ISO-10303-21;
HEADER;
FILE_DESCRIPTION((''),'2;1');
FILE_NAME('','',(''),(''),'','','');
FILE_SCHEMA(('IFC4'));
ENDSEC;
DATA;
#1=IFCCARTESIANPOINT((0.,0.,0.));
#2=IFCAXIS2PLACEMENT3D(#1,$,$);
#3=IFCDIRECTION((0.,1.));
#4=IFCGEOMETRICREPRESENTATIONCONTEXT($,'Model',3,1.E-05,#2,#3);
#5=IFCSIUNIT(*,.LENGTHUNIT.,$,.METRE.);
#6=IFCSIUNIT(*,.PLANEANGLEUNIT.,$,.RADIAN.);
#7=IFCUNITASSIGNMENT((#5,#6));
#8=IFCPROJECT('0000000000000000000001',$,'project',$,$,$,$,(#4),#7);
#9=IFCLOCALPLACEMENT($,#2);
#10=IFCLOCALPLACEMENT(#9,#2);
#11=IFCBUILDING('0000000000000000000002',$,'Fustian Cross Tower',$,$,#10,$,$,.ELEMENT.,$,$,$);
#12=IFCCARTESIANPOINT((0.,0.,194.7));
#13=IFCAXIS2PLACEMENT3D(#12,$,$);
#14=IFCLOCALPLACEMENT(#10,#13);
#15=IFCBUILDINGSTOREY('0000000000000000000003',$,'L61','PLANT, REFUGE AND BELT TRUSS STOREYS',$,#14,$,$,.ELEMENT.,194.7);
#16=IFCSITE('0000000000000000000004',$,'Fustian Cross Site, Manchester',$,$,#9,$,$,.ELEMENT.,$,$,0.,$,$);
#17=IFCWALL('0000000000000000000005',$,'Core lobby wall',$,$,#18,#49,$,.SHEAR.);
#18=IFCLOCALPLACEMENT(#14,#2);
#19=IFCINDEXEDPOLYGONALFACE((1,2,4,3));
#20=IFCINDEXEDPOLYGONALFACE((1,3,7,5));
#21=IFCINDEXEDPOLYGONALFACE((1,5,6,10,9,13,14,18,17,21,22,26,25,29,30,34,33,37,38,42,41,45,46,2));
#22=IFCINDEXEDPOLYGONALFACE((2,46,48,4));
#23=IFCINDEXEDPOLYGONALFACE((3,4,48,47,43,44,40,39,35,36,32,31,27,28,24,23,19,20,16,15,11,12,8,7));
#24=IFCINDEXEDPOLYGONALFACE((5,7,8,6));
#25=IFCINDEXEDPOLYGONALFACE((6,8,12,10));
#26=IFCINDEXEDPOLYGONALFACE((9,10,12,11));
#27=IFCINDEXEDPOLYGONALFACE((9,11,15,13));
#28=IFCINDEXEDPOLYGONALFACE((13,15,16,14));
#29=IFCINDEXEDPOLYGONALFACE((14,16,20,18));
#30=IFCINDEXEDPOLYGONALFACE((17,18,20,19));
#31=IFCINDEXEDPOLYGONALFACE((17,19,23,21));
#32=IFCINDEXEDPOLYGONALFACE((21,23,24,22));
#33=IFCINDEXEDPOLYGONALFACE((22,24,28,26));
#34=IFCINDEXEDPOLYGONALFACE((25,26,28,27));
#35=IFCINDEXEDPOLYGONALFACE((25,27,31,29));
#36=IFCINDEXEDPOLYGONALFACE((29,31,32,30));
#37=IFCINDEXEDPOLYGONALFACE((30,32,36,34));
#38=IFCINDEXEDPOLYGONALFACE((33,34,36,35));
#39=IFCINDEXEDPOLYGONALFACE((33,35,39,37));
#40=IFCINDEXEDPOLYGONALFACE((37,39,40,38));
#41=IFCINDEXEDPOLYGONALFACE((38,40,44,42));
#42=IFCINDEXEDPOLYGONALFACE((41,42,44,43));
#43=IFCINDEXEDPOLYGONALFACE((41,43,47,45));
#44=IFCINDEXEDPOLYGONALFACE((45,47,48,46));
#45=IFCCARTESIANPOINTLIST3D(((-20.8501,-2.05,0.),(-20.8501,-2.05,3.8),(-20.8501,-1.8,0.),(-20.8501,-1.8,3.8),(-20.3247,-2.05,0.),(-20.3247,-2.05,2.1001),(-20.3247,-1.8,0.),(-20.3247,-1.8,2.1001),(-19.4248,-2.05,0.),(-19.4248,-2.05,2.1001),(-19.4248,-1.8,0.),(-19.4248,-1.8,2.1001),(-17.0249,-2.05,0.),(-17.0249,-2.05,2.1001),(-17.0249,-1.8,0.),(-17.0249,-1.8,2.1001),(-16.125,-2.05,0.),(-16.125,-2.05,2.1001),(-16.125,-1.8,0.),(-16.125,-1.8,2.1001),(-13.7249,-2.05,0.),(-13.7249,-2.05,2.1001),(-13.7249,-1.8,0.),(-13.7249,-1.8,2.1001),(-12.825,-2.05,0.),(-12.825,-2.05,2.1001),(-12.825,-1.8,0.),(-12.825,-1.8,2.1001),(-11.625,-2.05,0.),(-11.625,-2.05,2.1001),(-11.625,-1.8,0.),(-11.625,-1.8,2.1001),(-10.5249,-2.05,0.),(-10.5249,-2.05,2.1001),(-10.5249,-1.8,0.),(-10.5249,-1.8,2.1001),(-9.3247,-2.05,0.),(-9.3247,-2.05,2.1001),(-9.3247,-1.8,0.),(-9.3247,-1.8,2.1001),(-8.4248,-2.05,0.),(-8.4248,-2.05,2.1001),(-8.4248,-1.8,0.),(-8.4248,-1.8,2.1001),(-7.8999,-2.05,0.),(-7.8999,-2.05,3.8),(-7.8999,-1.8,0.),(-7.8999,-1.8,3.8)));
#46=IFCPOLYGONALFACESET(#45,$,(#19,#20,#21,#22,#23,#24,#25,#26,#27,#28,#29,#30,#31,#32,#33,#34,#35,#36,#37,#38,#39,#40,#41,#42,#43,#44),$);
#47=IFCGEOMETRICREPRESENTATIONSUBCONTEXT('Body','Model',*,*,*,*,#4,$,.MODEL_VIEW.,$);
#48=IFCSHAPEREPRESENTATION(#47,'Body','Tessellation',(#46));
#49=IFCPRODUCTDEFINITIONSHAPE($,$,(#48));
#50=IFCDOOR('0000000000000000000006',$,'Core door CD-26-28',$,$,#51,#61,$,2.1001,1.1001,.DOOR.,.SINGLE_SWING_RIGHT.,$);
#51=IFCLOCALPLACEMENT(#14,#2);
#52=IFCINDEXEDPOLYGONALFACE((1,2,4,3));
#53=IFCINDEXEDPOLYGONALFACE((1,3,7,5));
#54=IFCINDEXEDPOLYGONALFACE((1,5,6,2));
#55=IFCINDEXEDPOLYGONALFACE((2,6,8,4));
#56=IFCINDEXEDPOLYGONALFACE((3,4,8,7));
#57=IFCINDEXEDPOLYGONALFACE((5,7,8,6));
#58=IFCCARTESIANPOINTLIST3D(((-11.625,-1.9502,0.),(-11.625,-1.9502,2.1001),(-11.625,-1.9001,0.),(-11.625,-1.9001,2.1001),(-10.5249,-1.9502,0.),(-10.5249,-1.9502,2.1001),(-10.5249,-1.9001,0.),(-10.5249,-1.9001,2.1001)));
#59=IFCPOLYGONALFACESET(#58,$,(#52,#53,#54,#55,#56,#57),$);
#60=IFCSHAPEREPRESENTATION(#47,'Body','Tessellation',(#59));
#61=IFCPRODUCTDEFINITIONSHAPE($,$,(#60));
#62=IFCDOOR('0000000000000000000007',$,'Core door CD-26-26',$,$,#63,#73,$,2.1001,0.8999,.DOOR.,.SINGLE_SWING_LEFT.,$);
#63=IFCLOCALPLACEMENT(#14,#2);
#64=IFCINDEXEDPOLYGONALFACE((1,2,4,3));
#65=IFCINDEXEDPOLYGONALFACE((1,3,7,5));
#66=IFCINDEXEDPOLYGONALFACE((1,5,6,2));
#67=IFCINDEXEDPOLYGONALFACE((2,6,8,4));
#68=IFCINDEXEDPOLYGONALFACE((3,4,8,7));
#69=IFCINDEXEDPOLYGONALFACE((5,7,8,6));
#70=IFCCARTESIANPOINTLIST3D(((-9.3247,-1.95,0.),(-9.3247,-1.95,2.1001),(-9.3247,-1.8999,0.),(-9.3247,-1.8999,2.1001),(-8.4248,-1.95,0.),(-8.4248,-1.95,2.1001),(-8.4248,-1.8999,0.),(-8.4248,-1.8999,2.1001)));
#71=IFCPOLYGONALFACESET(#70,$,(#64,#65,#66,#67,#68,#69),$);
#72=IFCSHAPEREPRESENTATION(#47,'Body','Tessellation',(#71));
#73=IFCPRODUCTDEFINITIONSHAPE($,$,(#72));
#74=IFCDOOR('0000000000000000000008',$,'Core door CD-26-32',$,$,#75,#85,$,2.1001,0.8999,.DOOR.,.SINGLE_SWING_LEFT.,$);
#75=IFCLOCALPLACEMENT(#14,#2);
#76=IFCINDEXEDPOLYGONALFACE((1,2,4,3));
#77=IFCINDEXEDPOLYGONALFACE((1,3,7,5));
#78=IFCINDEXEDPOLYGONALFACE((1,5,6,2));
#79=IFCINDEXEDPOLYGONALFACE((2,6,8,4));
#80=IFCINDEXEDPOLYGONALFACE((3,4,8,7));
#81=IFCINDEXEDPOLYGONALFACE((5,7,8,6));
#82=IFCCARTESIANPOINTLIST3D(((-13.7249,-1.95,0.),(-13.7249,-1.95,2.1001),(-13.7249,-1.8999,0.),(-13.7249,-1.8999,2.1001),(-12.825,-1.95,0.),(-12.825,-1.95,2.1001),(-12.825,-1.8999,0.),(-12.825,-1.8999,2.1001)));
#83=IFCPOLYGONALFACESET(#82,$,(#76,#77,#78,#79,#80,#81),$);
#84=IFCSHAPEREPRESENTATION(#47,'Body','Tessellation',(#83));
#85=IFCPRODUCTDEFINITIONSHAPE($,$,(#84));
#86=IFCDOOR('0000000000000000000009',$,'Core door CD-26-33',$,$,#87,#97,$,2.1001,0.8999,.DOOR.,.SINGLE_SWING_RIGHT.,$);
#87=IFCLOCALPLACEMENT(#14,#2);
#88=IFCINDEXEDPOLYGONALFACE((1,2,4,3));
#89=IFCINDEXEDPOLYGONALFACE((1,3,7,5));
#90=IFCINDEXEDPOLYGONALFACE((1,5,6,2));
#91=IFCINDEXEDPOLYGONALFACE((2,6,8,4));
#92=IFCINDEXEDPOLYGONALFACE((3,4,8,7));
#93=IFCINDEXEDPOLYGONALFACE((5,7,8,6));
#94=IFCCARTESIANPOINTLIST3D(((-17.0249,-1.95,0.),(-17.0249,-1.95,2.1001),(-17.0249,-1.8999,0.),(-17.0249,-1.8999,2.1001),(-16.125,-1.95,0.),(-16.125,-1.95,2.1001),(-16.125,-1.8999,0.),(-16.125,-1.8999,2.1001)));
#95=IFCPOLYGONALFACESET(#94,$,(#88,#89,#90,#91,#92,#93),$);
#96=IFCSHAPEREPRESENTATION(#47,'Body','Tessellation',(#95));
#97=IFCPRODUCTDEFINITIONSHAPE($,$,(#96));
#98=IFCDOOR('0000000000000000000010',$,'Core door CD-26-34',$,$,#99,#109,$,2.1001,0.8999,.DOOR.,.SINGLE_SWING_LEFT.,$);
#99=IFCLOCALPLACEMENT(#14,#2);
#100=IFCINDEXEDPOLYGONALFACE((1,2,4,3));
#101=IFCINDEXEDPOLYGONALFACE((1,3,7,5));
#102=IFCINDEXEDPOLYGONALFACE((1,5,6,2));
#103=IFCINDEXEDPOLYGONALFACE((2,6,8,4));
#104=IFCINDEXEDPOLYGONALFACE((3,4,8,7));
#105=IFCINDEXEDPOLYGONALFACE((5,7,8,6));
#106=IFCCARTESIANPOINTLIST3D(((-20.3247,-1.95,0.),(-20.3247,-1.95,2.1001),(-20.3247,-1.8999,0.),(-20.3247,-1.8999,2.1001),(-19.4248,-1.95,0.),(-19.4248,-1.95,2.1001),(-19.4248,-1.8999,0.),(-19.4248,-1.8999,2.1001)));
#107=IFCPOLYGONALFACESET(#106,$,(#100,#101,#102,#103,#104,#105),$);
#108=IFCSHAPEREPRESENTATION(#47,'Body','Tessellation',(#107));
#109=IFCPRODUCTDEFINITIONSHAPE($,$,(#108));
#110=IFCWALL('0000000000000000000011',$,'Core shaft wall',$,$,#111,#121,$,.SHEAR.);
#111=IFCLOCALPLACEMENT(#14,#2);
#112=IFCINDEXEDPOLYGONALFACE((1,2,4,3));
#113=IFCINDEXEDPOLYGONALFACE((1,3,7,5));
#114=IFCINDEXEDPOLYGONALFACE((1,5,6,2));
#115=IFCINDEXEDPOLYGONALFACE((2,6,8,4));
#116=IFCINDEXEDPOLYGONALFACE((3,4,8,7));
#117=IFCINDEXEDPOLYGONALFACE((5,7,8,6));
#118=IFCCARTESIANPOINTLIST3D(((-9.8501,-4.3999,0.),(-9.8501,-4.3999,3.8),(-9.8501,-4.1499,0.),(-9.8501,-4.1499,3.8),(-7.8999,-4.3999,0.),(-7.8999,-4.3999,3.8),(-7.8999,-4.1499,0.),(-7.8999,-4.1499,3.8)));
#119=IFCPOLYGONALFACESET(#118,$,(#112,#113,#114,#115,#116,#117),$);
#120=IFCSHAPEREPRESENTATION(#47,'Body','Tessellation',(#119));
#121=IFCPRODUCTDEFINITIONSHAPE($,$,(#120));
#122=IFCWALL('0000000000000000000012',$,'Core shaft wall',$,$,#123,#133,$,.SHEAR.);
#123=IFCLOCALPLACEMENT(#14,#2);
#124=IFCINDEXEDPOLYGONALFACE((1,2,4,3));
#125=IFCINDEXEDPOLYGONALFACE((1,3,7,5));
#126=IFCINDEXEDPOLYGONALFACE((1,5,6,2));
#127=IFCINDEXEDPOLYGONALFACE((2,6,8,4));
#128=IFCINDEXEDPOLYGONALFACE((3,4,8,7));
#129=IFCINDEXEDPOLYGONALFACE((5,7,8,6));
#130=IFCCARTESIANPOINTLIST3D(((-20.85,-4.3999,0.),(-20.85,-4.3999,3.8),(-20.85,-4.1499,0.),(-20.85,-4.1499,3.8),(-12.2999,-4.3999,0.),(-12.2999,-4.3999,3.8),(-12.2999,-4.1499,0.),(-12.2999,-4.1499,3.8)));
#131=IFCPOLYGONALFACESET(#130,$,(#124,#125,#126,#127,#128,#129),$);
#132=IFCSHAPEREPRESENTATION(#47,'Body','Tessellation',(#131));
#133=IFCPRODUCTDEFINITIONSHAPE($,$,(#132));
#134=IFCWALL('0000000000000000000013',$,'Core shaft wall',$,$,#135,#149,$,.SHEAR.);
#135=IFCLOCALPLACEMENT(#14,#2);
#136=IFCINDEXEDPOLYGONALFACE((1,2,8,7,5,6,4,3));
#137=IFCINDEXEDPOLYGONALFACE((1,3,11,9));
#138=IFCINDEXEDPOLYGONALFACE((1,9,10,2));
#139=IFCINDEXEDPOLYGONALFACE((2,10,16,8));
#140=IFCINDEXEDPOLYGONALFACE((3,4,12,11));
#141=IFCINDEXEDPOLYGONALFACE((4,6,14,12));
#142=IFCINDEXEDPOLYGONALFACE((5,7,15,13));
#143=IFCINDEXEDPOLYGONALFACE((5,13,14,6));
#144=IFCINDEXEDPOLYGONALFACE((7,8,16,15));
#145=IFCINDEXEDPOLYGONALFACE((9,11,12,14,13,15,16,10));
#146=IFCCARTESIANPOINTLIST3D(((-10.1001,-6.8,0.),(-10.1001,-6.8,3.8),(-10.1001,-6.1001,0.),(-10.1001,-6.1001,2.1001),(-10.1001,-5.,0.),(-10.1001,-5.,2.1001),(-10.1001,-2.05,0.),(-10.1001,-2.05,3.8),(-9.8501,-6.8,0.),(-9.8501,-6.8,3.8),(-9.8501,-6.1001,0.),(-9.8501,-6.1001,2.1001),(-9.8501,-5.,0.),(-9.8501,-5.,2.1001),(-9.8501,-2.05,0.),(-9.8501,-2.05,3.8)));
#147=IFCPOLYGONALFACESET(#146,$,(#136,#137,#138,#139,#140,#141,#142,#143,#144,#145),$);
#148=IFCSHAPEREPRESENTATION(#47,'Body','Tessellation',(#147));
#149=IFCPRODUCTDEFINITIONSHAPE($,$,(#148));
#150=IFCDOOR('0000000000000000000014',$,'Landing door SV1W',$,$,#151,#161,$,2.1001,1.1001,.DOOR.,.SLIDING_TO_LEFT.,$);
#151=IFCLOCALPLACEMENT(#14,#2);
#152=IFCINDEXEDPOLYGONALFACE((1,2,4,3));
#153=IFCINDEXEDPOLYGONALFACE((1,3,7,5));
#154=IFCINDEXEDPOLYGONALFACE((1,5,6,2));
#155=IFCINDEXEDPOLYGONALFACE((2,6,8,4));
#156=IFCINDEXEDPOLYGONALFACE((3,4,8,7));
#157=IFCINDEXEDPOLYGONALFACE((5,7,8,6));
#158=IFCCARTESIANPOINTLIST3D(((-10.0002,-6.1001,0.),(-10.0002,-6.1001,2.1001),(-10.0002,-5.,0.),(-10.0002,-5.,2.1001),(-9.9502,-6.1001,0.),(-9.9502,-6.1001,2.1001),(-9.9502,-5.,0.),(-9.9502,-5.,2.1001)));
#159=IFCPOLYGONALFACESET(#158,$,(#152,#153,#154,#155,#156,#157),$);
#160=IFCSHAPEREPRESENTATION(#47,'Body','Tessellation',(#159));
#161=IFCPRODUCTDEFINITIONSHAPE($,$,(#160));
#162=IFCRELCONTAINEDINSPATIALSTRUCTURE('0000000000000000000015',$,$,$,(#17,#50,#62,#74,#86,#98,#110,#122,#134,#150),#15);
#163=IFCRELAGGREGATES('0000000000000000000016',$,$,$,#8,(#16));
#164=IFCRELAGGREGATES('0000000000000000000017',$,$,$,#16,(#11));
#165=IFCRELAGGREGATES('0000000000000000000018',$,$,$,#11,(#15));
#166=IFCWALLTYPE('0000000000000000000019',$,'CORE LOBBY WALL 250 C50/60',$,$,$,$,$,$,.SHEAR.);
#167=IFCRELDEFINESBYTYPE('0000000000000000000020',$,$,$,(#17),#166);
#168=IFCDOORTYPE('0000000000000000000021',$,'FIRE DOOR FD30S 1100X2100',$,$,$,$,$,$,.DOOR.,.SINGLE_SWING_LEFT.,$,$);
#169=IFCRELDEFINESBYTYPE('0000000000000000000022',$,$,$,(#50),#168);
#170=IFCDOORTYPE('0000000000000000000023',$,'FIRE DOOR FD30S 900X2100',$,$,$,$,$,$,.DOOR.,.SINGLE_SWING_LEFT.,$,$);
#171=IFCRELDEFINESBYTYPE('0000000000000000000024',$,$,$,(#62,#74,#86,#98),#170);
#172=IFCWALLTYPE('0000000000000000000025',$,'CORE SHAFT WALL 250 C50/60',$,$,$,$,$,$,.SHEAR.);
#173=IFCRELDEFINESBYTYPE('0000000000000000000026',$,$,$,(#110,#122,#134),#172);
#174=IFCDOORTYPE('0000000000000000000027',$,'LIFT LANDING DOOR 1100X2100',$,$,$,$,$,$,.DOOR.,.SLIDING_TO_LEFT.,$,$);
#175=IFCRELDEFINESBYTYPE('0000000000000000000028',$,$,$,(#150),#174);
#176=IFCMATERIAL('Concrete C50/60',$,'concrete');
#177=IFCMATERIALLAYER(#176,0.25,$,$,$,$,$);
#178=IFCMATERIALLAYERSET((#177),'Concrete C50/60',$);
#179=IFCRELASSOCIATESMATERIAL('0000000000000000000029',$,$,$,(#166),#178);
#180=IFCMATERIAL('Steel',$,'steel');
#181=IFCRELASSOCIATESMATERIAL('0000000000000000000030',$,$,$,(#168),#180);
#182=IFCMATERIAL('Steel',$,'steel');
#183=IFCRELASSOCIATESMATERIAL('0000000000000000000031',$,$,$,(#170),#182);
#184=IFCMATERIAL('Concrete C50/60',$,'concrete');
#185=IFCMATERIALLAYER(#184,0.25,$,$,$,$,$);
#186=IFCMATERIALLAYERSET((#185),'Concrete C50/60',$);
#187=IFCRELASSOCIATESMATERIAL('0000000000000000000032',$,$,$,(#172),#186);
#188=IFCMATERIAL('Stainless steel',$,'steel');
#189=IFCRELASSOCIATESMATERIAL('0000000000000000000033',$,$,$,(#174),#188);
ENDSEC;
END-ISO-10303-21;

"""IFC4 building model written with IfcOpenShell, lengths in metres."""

from ifc_helpers import new_model, si_unit, direction, frame, frame_2d, origin, place, context, subcontext, project, spatial, rectangle, extrude, material, layer, layer_set, type_object, element, fill, save


model = new_model("IFC4")

# Units and contexts
model_context = context("Model", 3, precision=1e-05, world=origin(), true_north=direction((0.0, 1.0)))
body_context = subcontext(model_context, "Body", "Model", "MODEL_VIEW")
ifc_project = project(units=[si_unit("LENGTHUNIT", "METRE"), si_unit("PLANEANGLEUNIT", "RADIAN")], contexts=[model_context])

# Site, building, storey
site_placement = place(None, origin())
site = spatial("IfcSite", under=ifc_project, at=site_placement, Name="Fustian Cross Site, Manchester", CompositionType="ELEMENT", RefElevation=0.0)
building_placement = place(site_placement, origin())
building = spatial("IfcBuilding", under=site, at=building_placement, Name="Fustian Cross Tower", CompositionType="ELEMENT")
storey_placement = place(building_placement, frame((0.0, 0.0, 194.7)))
storey = spatial("IfcBuildingStorey", under=building, at=storey_placement, Name="L61", Description="PLANT, REFUGE AND BELT TRUSS STOREYS", CompositionType="ELEMENT", Elevation=194.7)

# Wall, openings, doors
ifc_material_1 = material(Name="Concrete C50/60", Category="concrete")
ifc_layer_1 = layer(ifc_material_1, 0.25)
ifc_layer_set_1 = layer_set([ifc_layer_1], Name="Concrete C50/60")
wall_type_1 = type_object("IfcWallType", Name="CORE LOBBY WALL 250 C50/60", PredefinedType="SHEAR", material=ifc_layer_set_1)
wall_1_placement = place(storey_placement, frame((-7.8999, -1.925, 0.0), z_axis=(0.0, 0.0, 1.0), x_axis=(-1.0, 0.0, 0.0)))
wall_1 = element("IfcWall", 1, at=wall_1_placement, inside=storey, type_object=wall_type_1, Name="Core lobby wall", PredefinedType="SHEAR", context=body_context, shape_type="SweptSolid", body=[
    extrude(rectangle(XDim=12.9502, YDim=0.25, at=frame_2d((6.4751, 0.0))), origin(), (0.0, 0.0, 1.0), 3.8),
])
opening_1_placement = place(wall_1_placement, frame((0.5249, 0.0, 0.0)))
opening_1 = element("IfcOpeningElement", 2, at=opening_1_placement, cuts=wall_1, PredefinedType="OPENING", context=body_context, shape_type="SweptSolid", body=[
    extrude(rectangle(XDim=0.8999, YDim=2.1001, at=frame_2d((0.45, 1.05))), frame((0.0, 0.135, 0.0), z_axis=(0.0, -1.0, 0.0), x_axis=(1.0, 0.0, 0.0)), (0.0, 0.0, 1.0), 0.27),
])
opening_2_placement = place(wall_1_placement, frame((2.625, 0.0, 0.0)))
opening_2 = element("IfcOpeningElement", 3, at=opening_2_placement, cuts=wall_1, PredefinedType="OPENING", context=body_context, shape_type="SweptSolid", body=[
    extrude(rectangle(XDim=1.1001, YDim=2.1001, at=frame_2d((0.55, 1.05))), frame((0.0, 0.135, 0.0), z_axis=(0.0, -1.0, 0.0), x_axis=(1.0, 0.0, 0.0)), (0.0, 0.0, 1.0), 0.27),
])
opening_3_placement = place(wall_1_placement, frame((4.925, 0.0, 0.0)))
opening_3 = element("IfcOpeningElement", 4, at=opening_3_placement, cuts=wall_1, PredefinedType="OPENING", context=body_context, shape_type="SweptSolid", body=[
    extrude(rectangle(XDim=0.8999, YDim=2.1001, at=frame_2d((0.45, 1.05))), frame((0.0, 0.135, 0.0), z_axis=(0.0, -1.0, 0.0), x_axis=(1.0, 0.0, 0.0)), (0.0, 0.0, 1.0), 0.27),
])
opening_4_placement = place(wall_1_placement, frame((8.2251, 0.0, 0.0)))
opening_4 = element("IfcOpeningElement", 5, at=opening_4_placement, cuts=wall_1, PredefinedType="OPENING", context=body_context, shape_type="SweptSolid", body=[
    extrude(rectangle(XDim=0.8999, YDim=2.1001, at=frame_2d((0.45, 1.05))), frame((0.0, 0.135, 0.0), z_axis=(0.0, -1.0, 0.0), x_axis=(1.0, 0.0, 0.0)), (0.0, 0.0, 1.0), 0.27),
])
opening_5_placement = place(wall_1_placement, frame((11.5249, 0.0, 0.0)))
opening_5 = element("IfcOpeningElement", 6, at=opening_5_placement, cuts=wall_1, PredefinedType="OPENING", context=body_context, shape_type="SweptSolid", body=[
    extrude(rectangle(XDim=0.8999, YDim=2.1001, at=frame_2d((0.45, 1.05))), frame((0.0, 0.135, 0.0), z_axis=(0.0, -1.0, 0.0), x_axis=(1.0, 0.0, 0.0)), (0.0, 0.0, 1.0), 0.27),
])
ifc_material_2 = material(Name="Steel", Category="steel")
door_type_1 = type_object("IfcDoorType", Name="FIRE DOOR FD30S 1100X2100", OperationType="SINGLE_SWING_LEFT", PredefinedType="DOOR", material=ifc_material_2)
door_1_placement = place(opening_2_placement, frame((1.1001, 0.0, 0.0), z_axis=(0.0, 0.0, 1.0), x_axis=(-1.0, 0.0, 0.0)))
door_1 = element("IfcDoor", 7, at=door_1_placement, inside=storey, type_object=door_type_1, Name="Core door CD-26-28", OperationType="SINGLE_SWING_RIGHT", OverallHeight=2.1001, OverallWidth=1.1001, PredefinedType="DOOR", context=body_context, shape_type="SweptSolid", body=[
    extrude(rectangle(XDim=1.1001, YDim=2.1001, at=frame_2d((0.55, 1.05))), frame((0.0, 0.0249, 0.0), z_axis=(0.0, -1.0, 0.0), x_axis=(1.0, 0.0, 0.0)), (0.0, 0.0, 1.0), 0.05),
])
fill(opening_2, door_1)
ifc_material_3 = material(Name="Steel", Category="steel")
door_type_2 = type_object("IfcDoorType", Name="FIRE DOOR FD30S 900X2100", OperationType="SINGLE_SWING_LEFT", PredefinedType="DOOR", material=ifc_material_3)
door_2_placement = place(opening_1_placement, origin())
door_2 = element("IfcDoor", 8, at=door_2_placement, inside=storey, type_object=door_type_2, Name="Core door CD-26-26", OperationType="SINGLE_SWING_LEFT", OverallHeight=2.1001, OverallWidth=0.8999, PredefinedType="DOOR", context=body_context, shape_type="SweptSolid", body=[
    extrude(rectangle(XDim=0.8999, YDim=2.1001, at=frame_2d((0.45, 1.05))), frame((0.0, 0.0249, 0.0), z_axis=(0.0, -1.0, 0.0), x_axis=(1.0, 0.0, 0.0)), (0.0, 0.0, 1.0), 0.05),
])
fill(opening_1, door_2)
door_3_placement = place(opening_3_placement, origin())
door_3 = element("IfcDoor", 9, at=door_3_placement, inside=storey, type_object=door_type_2, Name="Core door CD-26-32", OperationType="SINGLE_SWING_LEFT", OverallHeight=2.1001, OverallWidth=0.8999, PredefinedType="DOOR", context=body_context, shape_type="SweptSolid", body=[
    extrude(rectangle(XDim=0.8999, YDim=2.1001, at=frame_2d((0.45, 1.05))), frame((0.0, 0.0249, 0.0), z_axis=(0.0, -1.0, 0.0), x_axis=(1.0, 0.0, 0.0)), (0.0, 0.0, 1.0), 0.05),
])
fill(opening_3, door_3)
door_4_placement = place(opening_4_placement, origin())
door_4 = element("IfcDoor", 10, at=door_4_placement, inside=storey, type_object=door_type_2, Name="Core door CD-26-33", OperationType="SINGLE_SWING_RIGHT", OverallHeight=2.1001, OverallWidth=0.8999, PredefinedType="DOOR", context=body_context, shape_type="SweptSolid", body=[
    extrude(rectangle(XDim=0.8999, YDim=2.1001, at=frame_2d((0.45, 1.05))), frame((0.0, 0.0249, 0.0), z_axis=(0.0, -1.0, 0.0), x_axis=(1.0, 0.0, 0.0)), (0.0, 0.0, 1.0), 0.05),
])
fill(opening_4, door_4)
door_5_placement = place(opening_5_placement, origin())
door_5 = element("IfcDoor", 11, at=door_5_placement, inside=storey, type_object=door_type_2, Name="Core door CD-26-34", OperationType="SINGLE_SWING_LEFT", OverallHeight=2.1001, OverallWidth=0.8999, PredefinedType="DOOR", context=body_context, shape_type="SweptSolid", body=[
    extrude(rectangle(XDim=0.8999, YDim=2.1001, at=frame_2d((0.45, 1.05))), frame((0.0, 0.0249, 0.0), z_axis=(0.0, -1.0, 0.0), x_axis=(1.0, 0.0, 0.0)), (0.0, 0.0, 1.0), 0.05),
])
fill(opening_5, door_5)

# Walls
ifc_material_4 = material(Name="Concrete C50/60", Category="concrete")
ifc_layer_2 = layer(ifc_material_4, 0.25)
ifc_layer_set_2 = layer_set([ifc_layer_2], Name="Concrete C50/60")
wall_type_2 = type_object("IfcWallType", Name="CORE SHAFT WALL 250 C50/60", PredefinedType="SHEAR", material=ifc_layer_set_2)
wall_2_placement = place(storey_placement, frame((-7.8999, -4.2749, 0.0), z_axis=(0.0, 0.0, 1.0), x_axis=(-1.0, 0.0, 0.0)))
element("IfcWall", 12, at=wall_2_placement, inside=storey, type_object=wall_type_2, Name="Core shaft wall", PredefinedType="SHEAR", context=body_context, shape_type="SweptSolid", body=[
    extrude(rectangle(XDim=1.9502, YDim=0.25, at=frame_2d((0.9751, 0.0))), origin(), (0.0, 0.0, 1.0), 3.8),
])
wall_3_placement = place(storey_placement, frame((-12.3, -4.2749, 0.0), z_axis=(0.0, 0.0, 1.0), x_axis=(-1.0, 0.0, 0.0)))
element("IfcWall", 13, at=wall_3_placement, inside=storey, type_object=wall_type_2, Name="Core shaft wall", PredefinedType="SHEAR", context=body_context, shape_type="SweptSolid", body=[
    extrude(rectangle(XDim=8.55, YDim=0.25, at=frame_2d((4.2749, 0.0))), origin(), (0.0, 0.0, 1.0), 3.8),
])

# Wall, opening, door
wall_4_placement = place(storey_placement, frame((-9.9751, -2.05, 0.0), z_axis=(0.0, 0.0, 1.0), x_axis=(0.0, -1.0, 0.0)))
wall_4 = element("IfcWall", 14, at=wall_4_placement, inside=storey, type_object=wall_type_2, Name="Core shaft wall", PredefinedType="SHEAR", context=body_context, shape_type="SweptSolid", body=[
    extrude(rectangle(XDim=4.75, YDim=0.25, at=frame_2d((2.375, 0.0))), origin(), (0.0, 0.0, 1.0), 3.8),
])
opening_6_placement = place(wall_4_placement, frame((2.95, 0.0, 0.0)))
opening_6 = element("IfcOpeningElement", 15, at=opening_6_placement, cuts=wall_4, PredefinedType="OPENING", context=body_context, shape_type="SweptSolid", body=[
    extrude(rectangle(XDim=1.1001, YDim=2.1001, at=frame_2d((0.55, 1.05))), frame((0.0, 0.135, 0.0), z_axis=(0.0, -1.0, 0.0), x_axis=(1.0, 0.0, 0.0)), (0.0, 0.0, 1.0), 0.27),
])
ifc_material_5 = material(Name="Stainless steel", Category="steel")
door_type_3 = type_object("IfcDoorType", Name="LIFT LANDING DOOR 1100X2100", OperationType="SLIDING_TO_LEFT", PredefinedType="DOOR", material=ifc_material_5)
door_6_placement = place(opening_6_placement, origin())
door_6 = element("IfcDoor", 16, at=door_6_placement, inside=storey, type_object=door_type_3, Name="Landing door SV1W", OperationType="SLIDING_TO_LEFT", OverallHeight=2.1001, OverallWidth=1.1001, PredefinedType="DOOR", context=body_context, shape_type="SweptSolid", body=[
    extrude(rectangle(XDim=1.1001, YDim=2.1001, at=frame_2d((0.55, 1.05))), frame((0.0, 0.0249, 0.0), z_axis=(0.0, -1.0, 0.0), x_axis=(1.0, 0.0, 0.0)), (0.0, 0.0, 1.0), 0.05),
])
fill(opening_6, door_6)

save(model, "model.ifc")
